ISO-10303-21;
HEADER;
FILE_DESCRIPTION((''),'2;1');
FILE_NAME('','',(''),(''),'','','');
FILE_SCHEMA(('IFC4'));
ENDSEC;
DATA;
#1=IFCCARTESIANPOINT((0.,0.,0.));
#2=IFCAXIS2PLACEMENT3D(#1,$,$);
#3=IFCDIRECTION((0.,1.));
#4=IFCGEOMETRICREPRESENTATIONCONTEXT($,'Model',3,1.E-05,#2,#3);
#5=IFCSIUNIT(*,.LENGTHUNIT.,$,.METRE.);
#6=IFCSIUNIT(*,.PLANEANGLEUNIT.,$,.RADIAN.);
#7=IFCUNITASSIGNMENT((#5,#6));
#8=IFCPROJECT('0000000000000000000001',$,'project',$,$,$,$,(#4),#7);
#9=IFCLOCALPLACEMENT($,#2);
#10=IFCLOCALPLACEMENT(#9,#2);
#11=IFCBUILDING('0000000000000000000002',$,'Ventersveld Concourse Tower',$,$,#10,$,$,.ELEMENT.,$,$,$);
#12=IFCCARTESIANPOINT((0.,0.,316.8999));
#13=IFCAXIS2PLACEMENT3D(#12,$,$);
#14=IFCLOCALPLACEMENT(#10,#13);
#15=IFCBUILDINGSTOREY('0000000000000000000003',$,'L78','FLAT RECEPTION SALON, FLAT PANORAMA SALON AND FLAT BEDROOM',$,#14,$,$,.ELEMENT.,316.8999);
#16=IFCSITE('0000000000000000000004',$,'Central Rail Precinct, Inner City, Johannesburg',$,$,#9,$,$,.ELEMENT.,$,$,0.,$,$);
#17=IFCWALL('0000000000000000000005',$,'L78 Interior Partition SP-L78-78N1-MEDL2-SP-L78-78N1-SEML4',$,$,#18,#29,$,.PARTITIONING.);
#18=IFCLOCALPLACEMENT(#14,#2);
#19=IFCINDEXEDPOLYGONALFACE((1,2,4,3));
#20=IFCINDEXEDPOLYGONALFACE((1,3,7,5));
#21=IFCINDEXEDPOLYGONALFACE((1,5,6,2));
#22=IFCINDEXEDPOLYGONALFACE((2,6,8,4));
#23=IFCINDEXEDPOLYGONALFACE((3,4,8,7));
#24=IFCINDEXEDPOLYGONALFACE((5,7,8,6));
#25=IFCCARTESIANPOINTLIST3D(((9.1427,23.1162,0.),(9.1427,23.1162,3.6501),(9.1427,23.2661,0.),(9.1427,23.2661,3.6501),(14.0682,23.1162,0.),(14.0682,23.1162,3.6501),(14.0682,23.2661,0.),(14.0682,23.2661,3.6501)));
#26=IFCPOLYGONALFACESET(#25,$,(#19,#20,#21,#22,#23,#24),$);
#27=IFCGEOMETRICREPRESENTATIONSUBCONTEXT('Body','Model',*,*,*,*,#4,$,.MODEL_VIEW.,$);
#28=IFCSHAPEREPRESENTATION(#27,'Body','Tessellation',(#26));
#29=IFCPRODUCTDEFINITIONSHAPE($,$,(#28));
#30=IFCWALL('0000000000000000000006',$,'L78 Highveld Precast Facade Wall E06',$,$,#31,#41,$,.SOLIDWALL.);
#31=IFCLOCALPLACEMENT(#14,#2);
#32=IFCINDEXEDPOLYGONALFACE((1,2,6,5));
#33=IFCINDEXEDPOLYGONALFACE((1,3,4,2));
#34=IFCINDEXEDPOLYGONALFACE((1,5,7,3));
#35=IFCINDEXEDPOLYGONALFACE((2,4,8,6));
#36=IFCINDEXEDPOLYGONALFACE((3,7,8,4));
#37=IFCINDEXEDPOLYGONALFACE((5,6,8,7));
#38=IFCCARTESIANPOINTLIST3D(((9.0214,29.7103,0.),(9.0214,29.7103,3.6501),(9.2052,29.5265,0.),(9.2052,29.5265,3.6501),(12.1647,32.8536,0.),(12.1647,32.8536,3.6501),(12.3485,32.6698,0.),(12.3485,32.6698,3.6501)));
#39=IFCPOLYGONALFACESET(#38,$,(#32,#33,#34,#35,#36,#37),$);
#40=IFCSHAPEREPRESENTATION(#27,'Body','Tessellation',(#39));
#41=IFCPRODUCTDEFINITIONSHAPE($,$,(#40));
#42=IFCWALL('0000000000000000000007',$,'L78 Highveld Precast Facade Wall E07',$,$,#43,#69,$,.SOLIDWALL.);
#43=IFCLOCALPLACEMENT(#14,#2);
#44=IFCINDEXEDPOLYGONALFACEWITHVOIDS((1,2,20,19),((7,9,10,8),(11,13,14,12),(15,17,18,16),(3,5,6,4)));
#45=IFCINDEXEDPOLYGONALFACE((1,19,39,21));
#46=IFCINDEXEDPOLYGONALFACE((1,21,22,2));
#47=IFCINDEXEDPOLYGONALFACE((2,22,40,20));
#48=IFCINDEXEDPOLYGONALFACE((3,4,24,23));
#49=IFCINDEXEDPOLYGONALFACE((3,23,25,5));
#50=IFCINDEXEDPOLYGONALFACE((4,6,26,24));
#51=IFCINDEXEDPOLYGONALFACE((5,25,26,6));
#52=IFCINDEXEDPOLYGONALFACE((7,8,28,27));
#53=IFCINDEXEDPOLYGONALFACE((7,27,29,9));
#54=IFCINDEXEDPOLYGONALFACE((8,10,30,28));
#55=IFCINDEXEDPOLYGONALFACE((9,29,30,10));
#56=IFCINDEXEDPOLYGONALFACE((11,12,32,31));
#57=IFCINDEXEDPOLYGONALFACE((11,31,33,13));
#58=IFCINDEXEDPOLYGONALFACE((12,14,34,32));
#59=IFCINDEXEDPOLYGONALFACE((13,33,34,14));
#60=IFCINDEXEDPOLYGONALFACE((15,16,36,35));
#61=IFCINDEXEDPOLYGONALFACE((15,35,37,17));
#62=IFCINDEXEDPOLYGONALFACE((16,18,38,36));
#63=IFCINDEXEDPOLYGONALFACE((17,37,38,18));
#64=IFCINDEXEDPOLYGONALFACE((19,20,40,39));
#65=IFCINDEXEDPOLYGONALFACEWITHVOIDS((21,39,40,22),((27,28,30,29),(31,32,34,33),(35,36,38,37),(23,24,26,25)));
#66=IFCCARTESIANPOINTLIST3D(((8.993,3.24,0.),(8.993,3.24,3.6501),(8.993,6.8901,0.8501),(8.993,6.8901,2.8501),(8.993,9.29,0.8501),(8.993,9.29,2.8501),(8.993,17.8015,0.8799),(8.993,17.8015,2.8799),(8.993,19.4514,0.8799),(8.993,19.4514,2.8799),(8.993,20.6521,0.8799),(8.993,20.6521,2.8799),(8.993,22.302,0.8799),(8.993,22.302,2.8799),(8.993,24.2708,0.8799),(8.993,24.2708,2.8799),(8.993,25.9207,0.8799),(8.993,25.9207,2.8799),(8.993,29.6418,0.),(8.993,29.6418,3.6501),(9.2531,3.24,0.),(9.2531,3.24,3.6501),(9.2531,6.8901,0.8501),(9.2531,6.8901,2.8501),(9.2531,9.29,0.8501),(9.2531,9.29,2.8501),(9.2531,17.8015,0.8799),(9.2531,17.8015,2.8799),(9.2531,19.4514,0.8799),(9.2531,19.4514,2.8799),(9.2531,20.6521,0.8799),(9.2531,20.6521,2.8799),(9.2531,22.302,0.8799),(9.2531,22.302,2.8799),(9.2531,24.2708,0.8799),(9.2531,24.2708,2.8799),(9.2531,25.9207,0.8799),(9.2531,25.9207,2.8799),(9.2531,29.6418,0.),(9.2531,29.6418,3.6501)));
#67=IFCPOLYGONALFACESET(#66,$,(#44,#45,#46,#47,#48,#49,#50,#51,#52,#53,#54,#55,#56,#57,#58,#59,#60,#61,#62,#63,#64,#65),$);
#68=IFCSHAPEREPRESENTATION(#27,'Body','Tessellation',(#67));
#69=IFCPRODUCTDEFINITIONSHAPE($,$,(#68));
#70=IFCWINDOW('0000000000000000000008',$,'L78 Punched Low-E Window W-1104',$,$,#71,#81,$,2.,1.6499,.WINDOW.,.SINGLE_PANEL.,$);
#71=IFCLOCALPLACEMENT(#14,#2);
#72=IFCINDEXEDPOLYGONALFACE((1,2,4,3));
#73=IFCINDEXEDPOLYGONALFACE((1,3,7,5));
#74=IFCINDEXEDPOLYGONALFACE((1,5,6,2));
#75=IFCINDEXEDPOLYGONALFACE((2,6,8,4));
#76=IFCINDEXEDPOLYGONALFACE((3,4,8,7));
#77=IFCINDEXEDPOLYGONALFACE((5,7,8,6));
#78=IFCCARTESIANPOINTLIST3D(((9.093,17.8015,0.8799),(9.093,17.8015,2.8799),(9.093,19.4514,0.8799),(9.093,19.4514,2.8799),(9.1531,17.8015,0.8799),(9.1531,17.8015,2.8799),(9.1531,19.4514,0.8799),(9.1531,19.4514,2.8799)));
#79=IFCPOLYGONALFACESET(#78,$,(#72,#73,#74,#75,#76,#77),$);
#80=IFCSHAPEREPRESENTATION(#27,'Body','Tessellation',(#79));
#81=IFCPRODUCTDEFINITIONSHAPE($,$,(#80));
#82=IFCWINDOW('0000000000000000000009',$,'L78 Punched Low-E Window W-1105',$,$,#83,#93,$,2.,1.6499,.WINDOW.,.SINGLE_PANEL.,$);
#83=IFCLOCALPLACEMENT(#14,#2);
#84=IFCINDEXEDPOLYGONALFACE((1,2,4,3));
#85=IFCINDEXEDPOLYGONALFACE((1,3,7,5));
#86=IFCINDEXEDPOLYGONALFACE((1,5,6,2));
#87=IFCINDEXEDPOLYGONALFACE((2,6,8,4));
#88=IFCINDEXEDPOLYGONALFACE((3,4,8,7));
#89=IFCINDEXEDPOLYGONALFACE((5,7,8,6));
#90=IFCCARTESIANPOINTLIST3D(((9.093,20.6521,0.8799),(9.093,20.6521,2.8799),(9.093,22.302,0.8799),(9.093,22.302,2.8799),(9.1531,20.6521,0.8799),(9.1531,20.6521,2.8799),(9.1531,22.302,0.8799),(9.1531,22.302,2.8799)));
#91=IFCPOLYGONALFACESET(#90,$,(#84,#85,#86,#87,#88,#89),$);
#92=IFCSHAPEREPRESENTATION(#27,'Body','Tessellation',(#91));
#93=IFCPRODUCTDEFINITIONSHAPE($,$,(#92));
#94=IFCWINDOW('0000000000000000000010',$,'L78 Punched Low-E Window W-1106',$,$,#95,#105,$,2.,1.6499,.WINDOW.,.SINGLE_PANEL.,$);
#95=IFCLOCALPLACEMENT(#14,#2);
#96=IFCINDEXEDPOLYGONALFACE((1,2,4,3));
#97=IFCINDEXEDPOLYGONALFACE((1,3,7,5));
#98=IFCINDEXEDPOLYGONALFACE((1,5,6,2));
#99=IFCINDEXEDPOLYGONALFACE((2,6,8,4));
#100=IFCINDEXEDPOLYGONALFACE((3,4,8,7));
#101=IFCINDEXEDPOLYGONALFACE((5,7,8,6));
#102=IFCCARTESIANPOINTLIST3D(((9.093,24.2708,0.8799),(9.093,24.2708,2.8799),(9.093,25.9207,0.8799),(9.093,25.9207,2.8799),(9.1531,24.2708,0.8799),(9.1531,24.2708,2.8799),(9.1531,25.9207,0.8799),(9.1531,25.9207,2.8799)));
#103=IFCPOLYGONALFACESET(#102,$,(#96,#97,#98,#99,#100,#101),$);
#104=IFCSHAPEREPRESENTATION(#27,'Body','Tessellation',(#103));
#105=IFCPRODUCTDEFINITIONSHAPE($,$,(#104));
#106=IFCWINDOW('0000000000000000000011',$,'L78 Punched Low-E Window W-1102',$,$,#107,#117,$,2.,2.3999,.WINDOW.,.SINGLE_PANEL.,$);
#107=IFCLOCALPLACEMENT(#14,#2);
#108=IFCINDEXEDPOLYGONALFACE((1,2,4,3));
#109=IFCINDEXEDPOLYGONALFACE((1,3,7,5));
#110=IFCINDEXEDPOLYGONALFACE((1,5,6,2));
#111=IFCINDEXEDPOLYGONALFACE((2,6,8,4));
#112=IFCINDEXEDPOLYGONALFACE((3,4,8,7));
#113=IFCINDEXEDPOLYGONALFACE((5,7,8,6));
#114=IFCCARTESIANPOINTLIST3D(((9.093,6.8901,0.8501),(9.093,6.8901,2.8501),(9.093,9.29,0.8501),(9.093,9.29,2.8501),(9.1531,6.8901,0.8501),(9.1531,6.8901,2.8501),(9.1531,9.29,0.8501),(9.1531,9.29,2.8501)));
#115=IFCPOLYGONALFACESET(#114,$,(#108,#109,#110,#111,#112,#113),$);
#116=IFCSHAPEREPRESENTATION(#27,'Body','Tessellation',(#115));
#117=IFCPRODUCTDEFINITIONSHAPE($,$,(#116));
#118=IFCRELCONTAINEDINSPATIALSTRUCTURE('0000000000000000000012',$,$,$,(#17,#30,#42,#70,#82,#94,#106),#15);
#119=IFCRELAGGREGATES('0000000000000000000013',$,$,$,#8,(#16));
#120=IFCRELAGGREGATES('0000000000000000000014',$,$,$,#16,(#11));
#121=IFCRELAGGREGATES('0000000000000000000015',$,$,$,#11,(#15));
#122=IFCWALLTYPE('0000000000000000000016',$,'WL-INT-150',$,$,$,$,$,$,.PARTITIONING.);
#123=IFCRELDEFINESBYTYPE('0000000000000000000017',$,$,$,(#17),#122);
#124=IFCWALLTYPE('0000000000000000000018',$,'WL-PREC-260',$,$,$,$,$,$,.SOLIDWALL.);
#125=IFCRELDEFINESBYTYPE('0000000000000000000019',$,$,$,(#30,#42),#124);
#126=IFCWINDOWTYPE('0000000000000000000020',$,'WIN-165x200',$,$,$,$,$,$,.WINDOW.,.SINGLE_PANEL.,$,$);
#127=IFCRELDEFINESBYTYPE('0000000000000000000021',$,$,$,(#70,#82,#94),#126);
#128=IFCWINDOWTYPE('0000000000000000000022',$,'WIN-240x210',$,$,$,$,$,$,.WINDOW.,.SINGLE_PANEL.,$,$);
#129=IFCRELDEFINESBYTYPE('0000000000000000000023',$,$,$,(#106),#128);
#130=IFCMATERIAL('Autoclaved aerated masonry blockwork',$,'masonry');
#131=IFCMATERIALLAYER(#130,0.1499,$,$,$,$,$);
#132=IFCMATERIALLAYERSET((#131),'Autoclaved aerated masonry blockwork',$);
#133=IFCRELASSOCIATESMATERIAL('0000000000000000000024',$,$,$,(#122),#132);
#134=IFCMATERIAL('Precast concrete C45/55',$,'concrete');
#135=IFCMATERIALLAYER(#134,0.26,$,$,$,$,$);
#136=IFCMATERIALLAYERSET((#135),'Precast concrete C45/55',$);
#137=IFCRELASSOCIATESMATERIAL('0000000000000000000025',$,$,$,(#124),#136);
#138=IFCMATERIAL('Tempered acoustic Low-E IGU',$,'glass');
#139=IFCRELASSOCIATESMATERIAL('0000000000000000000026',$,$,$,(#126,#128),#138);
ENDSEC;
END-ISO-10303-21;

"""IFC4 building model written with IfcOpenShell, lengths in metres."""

from ifc_helpers import new_model, si_unit, direction, frame, frame_2d, origin, place, context, subcontext, project, spatial, rectangle, extrude, material, layer, layer_set, type_object, element, fill, save


model = new_model("IFC4")

# Units and contexts
model_context = context("Model", 3, precision=1e-05, world=origin(), true_north=direction((0.0, 1.0)))
body_context = subcontext(model_context, "Body", "Model", "MODEL_VIEW")
ifc_project = project(units=[si_unit("LENGTHUNIT", "METRE"), si_unit("PLANEANGLEUNIT", "RADIAN")], contexts=[model_context])

# Site, building, storey
site_placement = place(None, origin())
site = spatial("IfcSite", under=ifc_project, at=site_placement, Name="Central Rail Precinct, Inner City, Johannesburg", CompositionType="ELEMENT", RefElevation=0.0)
building_placement = place(site_placement, origin())
building = spatial("IfcBuilding", under=site, at=building_placement, Name="Ventersveld Concourse Tower", CompositionType="ELEMENT")
storey_placement = place(building_placement, frame((0.0, 0.0, 316.8999)))
storey = spatial("IfcBuildingStorey", under=building, at=storey_placement, Name="L78", Description="FLAT RECEPTION SALON, FLAT PANORAMA SALON AND FLAT BEDROOM", CompositionType="ELEMENT", Elevation=316.8999)

# Shared definitions
ifc_material_1 = material(Name="Autoclaved aerated masonry blockwork", Category="masonry")
ifc_layer_1 = layer(ifc_material_1, 0.1499)
ifc_layer_set_1 = layer_set([ifc_layer_1], Name="Autoclaved aerated masonry blockwork")
wall_type_1 = type_object("IfcWallType", Name="WL-INT-150", PredefinedType="PARTITIONING", material=ifc_layer_set_1)

# Walls
wall_1_placement = place(storey_placement, frame((9.1426, 23.1912, 0.0), z_axis=(0.0, 0.0, 1.0), x_axis=(1.0, 0.0, 0.0)))
element("IfcWall", 1, at=wall_1_placement, inside=storey, type_object=wall_type_1, Name="L78 Interior Partition SP-L78-78N1-MEDL2-SP-L78-78N1-SEML4", PredefinedType="PARTITIONING", context=body_context, shape_type="SweptSolid", body=[
    extrude(rectangle(XDim=4.9255, YDim=0.1499, at=frame_2d((2.4629, 0.0))), origin(), (0.0, 0.0, 1.0), 3.6501),
])
ifc_material_2 = material(Name="Precast concrete C45/55", Category="concrete")
ifc_layer_2 = layer(ifc_material_2, 0.26)
ifc_layer_set_2 = layer_set([ifc_layer_2], Name="Precast concrete C45/55")
wall_type_2 = type_object("IfcWallType", Name="WL-PREC-260", PredefinedType="SOLIDWALL", material=ifc_layer_set_2)
wall_2_placement = place(storey_placement, frame((12.2566, 32.7617, 0.0), z_axis=(0.0, 0.0, 1.0), x_axis=(-0.707107, -0.707107, 0.0)))
element("IfcWall", 2, at=wall_2_placement, inside=storey, type_object=wall_type_2, Name="L78 Highveld Precast Facade Wall E06", PredefinedType="SOLIDWALL", context=body_context, shape_type="SweptSolid", body=[
    extrude(rectangle(XDim=4.4453, YDim=0.26, at=frame_2d((2.2227, 0.0))), origin(), (0.0, 0.0, 1.0), 3.6501),
])

# Wall, openings, windows
wall_3_placement = place(storey_placement, frame((9.123, 29.6418, 0.0), z_axis=(0.0, 0.0, 1.0), x_axis=(0.0, -1.0, 0.0)))
wall_3 = element("IfcWall", 3, at=wall_3_placement, inside=storey, type_object=wall_type_2, Name="L78 Highveld Precast Facade Wall E07", PredefinedType="SOLIDWALL", context=body_context, shape_type="SweptSolid", body=[
    extrude(rectangle(XDim=26.4019, YDim=0.26, at=frame_2d((13.2009, 0.0))), origin(), (0.0, 0.0, 1.0), 3.6501),
])
opening_1_placement = place(wall_3_placement, frame((20.3518, 0.0, 0.8501)))
opening_1 = element("IfcOpeningElement", 4, at=opening_1_placement, cuts=wall_3, PredefinedType="OPENING", context=body_context, shape_type="SweptSolid", body=[
    extrude(rectangle(XDim=2.3999, YDim=2.0, at=frame_2d((1.2, 1.0))), frame((0.0, 0.1401, 0.0), z_axis=(0.0, -1.0, 0.0), x_axis=(1.0, 0.0, 0.0)), (0.0, 0.0, 1.0), 0.28),
])
opening_2_placement = place(wall_3_placement, frame((10.1904, 0.0, 0.8799)))
opening_2 = element("IfcOpeningElement", 5, at=opening_2_placement, cuts=wall_3, PredefinedType="OPENING", context=body_context, shape_type="SweptSolid", body=[
    extrude(rectangle(XDim=1.6499, YDim=2.0, at=frame_2d((0.825, 1.0))), frame((0.0, 0.1401, 0.0), z_axis=(0.0, -1.0, 0.0), x_axis=(1.0, 0.0, 0.0)), (0.0, 0.0, 1.0), 0.28),
])
opening_3_placement = place(wall_3_placement, frame((7.3398, 0.0, 0.8799)))
opening_3 = element("IfcOpeningElement", 6, at=opening_3_placement, cuts=wall_3, PredefinedType="OPENING", context=body_context, shape_type="SweptSolid", body=[
    extrude(rectangle(XDim=1.6499, YDim=2.0, at=frame_2d((0.825, 1.0))), frame((0.0, 0.1401, 0.0), z_axis=(0.0, -1.0, 0.0), x_axis=(1.0, 0.0, 0.0)), (0.0, 0.0, 1.0), 0.28),
])
opening_4_placement = place(wall_3_placement, frame((3.7212, 0.0, 0.8799)))
opening_4 = element("IfcOpeningElement", 7, at=opening_4_placement, cuts=wall_3, PredefinedType="OPENING", context=body_context, shape_type="SweptSolid", body=[
    extrude(rectangle(XDim=1.6499, YDim=2.0, at=frame_2d((0.825, 1.0))), frame((0.0, 0.1401, 0.0), z_axis=(0.0, -1.0, 0.0), x_axis=(1.0, 0.0, 0.0)), (0.0, 0.0, 1.0), 0.28),
])
ifc_material_3 = material(Name="Tempered acoustic Low-E IGU", Category="glass")
window_type_1 = type_object("IfcWindowType", Name="WIN-165x200", PartitioningType="SINGLE_PANEL", PredefinedType="WINDOW", material=ifc_material_3)
window_1_placement = place(opening_2_placement, origin())
window_1 = element("IfcWindow", 8, at=window_1_placement, inside=storey, type_object=window_type_1, Name="L78 Punched Low-E Window W-1104", OverallHeight=2.0, OverallWidth=1.6499, PartitioningType="SINGLE_PANEL", PredefinedType="WINDOW", context=body_context, shape_type="SweptSolid", body=[
    extrude(rectangle(XDim=1.6499, YDim=2.0, at=frame_2d((0.825, 1.0))), frame((0.0, 0.03, 0.0), z_axis=(0.0, -1.0, 0.0), x_axis=(1.0, 0.0, 0.0)), (0.0, 0.0, 1.0), 0.0601),
])
fill(opening_2, window_1)
window_2_placement = place(opening_3_placement, origin())
window_2 = element("IfcWindow", 9, at=window_2_placement, inside=storey, type_object=window_type_1, Name="L78 Punched Low-E Window W-1105", OverallHeight=2.0, OverallWidth=1.6499, PartitioningType="SINGLE_PANEL", PredefinedType="WINDOW", context=body_context, shape_type="SweptSolid", body=[
    extrude(rectangle(XDim=1.6499, YDim=2.0, at=frame_2d((0.825, 1.0))), frame((0.0, 0.03, 0.0), z_axis=(0.0, -1.0, 0.0), x_axis=(1.0, 0.0, 0.0)), (0.0, 0.0, 1.0), 0.0601),
])
fill(opening_3, window_2)
window_3_placement = place(opening_4_placement, origin())
window_3 = element("IfcWindow", 10, at=window_3_placement, inside=storey, type_object=window_type_1, Name="L78 Punched Low-E Window W-1106", OverallHeight=2.0, OverallWidth=1.6499, PartitioningType="SINGLE_PANEL", PredefinedType="WINDOW", context=body_context, shape_type="SweptSolid", body=[
    extrude(rectangle(XDim=1.6499, YDim=2.0, at=frame_2d((0.825, 1.0))), frame((0.0, 0.03, 0.0), z_axis=(0.0, -1.0, 0.0), x_axis=(1.0, 0.0, 0.0)), (0.0, 0.0, 1.0), 0.0601),
])
fill(opening_4, window_3)
window_type_2 = type_object("IfcWindowType", Name="WIN-240x210", PartitioningType="SINGLE_PANEL", PredefinedType="WINDOW", material=ifc_material_3)
window_4_placement = place(opening_1_placement, origin())
window_4 = element("IfcWindow", 11, at=window_4_placement, inside=storey, type_object=window_type_2, Name="L78 Punched Low-E Window W-1102", OverallHeight=2.0, OverallWidth=2.3999, PartitioningType="SINGLE_PANEL", PredefinedType="WINDOW", context=body_context, shape_type="SweptSolid", body=[
    extrude(rectangle(XDim=2.3999, YDim=2.0, at=frame_2d((1.2, 1.0))), frame((0.0, 0.03, 0.0), z_axis=(0.0, -1.0, 0.0), x_axis=(1.0, 0.0, 0.0)), (0.0, 0.0, 1.0), 0.0601),
])
fill(opening_1, window_4)

save(model, "model.ifc")
